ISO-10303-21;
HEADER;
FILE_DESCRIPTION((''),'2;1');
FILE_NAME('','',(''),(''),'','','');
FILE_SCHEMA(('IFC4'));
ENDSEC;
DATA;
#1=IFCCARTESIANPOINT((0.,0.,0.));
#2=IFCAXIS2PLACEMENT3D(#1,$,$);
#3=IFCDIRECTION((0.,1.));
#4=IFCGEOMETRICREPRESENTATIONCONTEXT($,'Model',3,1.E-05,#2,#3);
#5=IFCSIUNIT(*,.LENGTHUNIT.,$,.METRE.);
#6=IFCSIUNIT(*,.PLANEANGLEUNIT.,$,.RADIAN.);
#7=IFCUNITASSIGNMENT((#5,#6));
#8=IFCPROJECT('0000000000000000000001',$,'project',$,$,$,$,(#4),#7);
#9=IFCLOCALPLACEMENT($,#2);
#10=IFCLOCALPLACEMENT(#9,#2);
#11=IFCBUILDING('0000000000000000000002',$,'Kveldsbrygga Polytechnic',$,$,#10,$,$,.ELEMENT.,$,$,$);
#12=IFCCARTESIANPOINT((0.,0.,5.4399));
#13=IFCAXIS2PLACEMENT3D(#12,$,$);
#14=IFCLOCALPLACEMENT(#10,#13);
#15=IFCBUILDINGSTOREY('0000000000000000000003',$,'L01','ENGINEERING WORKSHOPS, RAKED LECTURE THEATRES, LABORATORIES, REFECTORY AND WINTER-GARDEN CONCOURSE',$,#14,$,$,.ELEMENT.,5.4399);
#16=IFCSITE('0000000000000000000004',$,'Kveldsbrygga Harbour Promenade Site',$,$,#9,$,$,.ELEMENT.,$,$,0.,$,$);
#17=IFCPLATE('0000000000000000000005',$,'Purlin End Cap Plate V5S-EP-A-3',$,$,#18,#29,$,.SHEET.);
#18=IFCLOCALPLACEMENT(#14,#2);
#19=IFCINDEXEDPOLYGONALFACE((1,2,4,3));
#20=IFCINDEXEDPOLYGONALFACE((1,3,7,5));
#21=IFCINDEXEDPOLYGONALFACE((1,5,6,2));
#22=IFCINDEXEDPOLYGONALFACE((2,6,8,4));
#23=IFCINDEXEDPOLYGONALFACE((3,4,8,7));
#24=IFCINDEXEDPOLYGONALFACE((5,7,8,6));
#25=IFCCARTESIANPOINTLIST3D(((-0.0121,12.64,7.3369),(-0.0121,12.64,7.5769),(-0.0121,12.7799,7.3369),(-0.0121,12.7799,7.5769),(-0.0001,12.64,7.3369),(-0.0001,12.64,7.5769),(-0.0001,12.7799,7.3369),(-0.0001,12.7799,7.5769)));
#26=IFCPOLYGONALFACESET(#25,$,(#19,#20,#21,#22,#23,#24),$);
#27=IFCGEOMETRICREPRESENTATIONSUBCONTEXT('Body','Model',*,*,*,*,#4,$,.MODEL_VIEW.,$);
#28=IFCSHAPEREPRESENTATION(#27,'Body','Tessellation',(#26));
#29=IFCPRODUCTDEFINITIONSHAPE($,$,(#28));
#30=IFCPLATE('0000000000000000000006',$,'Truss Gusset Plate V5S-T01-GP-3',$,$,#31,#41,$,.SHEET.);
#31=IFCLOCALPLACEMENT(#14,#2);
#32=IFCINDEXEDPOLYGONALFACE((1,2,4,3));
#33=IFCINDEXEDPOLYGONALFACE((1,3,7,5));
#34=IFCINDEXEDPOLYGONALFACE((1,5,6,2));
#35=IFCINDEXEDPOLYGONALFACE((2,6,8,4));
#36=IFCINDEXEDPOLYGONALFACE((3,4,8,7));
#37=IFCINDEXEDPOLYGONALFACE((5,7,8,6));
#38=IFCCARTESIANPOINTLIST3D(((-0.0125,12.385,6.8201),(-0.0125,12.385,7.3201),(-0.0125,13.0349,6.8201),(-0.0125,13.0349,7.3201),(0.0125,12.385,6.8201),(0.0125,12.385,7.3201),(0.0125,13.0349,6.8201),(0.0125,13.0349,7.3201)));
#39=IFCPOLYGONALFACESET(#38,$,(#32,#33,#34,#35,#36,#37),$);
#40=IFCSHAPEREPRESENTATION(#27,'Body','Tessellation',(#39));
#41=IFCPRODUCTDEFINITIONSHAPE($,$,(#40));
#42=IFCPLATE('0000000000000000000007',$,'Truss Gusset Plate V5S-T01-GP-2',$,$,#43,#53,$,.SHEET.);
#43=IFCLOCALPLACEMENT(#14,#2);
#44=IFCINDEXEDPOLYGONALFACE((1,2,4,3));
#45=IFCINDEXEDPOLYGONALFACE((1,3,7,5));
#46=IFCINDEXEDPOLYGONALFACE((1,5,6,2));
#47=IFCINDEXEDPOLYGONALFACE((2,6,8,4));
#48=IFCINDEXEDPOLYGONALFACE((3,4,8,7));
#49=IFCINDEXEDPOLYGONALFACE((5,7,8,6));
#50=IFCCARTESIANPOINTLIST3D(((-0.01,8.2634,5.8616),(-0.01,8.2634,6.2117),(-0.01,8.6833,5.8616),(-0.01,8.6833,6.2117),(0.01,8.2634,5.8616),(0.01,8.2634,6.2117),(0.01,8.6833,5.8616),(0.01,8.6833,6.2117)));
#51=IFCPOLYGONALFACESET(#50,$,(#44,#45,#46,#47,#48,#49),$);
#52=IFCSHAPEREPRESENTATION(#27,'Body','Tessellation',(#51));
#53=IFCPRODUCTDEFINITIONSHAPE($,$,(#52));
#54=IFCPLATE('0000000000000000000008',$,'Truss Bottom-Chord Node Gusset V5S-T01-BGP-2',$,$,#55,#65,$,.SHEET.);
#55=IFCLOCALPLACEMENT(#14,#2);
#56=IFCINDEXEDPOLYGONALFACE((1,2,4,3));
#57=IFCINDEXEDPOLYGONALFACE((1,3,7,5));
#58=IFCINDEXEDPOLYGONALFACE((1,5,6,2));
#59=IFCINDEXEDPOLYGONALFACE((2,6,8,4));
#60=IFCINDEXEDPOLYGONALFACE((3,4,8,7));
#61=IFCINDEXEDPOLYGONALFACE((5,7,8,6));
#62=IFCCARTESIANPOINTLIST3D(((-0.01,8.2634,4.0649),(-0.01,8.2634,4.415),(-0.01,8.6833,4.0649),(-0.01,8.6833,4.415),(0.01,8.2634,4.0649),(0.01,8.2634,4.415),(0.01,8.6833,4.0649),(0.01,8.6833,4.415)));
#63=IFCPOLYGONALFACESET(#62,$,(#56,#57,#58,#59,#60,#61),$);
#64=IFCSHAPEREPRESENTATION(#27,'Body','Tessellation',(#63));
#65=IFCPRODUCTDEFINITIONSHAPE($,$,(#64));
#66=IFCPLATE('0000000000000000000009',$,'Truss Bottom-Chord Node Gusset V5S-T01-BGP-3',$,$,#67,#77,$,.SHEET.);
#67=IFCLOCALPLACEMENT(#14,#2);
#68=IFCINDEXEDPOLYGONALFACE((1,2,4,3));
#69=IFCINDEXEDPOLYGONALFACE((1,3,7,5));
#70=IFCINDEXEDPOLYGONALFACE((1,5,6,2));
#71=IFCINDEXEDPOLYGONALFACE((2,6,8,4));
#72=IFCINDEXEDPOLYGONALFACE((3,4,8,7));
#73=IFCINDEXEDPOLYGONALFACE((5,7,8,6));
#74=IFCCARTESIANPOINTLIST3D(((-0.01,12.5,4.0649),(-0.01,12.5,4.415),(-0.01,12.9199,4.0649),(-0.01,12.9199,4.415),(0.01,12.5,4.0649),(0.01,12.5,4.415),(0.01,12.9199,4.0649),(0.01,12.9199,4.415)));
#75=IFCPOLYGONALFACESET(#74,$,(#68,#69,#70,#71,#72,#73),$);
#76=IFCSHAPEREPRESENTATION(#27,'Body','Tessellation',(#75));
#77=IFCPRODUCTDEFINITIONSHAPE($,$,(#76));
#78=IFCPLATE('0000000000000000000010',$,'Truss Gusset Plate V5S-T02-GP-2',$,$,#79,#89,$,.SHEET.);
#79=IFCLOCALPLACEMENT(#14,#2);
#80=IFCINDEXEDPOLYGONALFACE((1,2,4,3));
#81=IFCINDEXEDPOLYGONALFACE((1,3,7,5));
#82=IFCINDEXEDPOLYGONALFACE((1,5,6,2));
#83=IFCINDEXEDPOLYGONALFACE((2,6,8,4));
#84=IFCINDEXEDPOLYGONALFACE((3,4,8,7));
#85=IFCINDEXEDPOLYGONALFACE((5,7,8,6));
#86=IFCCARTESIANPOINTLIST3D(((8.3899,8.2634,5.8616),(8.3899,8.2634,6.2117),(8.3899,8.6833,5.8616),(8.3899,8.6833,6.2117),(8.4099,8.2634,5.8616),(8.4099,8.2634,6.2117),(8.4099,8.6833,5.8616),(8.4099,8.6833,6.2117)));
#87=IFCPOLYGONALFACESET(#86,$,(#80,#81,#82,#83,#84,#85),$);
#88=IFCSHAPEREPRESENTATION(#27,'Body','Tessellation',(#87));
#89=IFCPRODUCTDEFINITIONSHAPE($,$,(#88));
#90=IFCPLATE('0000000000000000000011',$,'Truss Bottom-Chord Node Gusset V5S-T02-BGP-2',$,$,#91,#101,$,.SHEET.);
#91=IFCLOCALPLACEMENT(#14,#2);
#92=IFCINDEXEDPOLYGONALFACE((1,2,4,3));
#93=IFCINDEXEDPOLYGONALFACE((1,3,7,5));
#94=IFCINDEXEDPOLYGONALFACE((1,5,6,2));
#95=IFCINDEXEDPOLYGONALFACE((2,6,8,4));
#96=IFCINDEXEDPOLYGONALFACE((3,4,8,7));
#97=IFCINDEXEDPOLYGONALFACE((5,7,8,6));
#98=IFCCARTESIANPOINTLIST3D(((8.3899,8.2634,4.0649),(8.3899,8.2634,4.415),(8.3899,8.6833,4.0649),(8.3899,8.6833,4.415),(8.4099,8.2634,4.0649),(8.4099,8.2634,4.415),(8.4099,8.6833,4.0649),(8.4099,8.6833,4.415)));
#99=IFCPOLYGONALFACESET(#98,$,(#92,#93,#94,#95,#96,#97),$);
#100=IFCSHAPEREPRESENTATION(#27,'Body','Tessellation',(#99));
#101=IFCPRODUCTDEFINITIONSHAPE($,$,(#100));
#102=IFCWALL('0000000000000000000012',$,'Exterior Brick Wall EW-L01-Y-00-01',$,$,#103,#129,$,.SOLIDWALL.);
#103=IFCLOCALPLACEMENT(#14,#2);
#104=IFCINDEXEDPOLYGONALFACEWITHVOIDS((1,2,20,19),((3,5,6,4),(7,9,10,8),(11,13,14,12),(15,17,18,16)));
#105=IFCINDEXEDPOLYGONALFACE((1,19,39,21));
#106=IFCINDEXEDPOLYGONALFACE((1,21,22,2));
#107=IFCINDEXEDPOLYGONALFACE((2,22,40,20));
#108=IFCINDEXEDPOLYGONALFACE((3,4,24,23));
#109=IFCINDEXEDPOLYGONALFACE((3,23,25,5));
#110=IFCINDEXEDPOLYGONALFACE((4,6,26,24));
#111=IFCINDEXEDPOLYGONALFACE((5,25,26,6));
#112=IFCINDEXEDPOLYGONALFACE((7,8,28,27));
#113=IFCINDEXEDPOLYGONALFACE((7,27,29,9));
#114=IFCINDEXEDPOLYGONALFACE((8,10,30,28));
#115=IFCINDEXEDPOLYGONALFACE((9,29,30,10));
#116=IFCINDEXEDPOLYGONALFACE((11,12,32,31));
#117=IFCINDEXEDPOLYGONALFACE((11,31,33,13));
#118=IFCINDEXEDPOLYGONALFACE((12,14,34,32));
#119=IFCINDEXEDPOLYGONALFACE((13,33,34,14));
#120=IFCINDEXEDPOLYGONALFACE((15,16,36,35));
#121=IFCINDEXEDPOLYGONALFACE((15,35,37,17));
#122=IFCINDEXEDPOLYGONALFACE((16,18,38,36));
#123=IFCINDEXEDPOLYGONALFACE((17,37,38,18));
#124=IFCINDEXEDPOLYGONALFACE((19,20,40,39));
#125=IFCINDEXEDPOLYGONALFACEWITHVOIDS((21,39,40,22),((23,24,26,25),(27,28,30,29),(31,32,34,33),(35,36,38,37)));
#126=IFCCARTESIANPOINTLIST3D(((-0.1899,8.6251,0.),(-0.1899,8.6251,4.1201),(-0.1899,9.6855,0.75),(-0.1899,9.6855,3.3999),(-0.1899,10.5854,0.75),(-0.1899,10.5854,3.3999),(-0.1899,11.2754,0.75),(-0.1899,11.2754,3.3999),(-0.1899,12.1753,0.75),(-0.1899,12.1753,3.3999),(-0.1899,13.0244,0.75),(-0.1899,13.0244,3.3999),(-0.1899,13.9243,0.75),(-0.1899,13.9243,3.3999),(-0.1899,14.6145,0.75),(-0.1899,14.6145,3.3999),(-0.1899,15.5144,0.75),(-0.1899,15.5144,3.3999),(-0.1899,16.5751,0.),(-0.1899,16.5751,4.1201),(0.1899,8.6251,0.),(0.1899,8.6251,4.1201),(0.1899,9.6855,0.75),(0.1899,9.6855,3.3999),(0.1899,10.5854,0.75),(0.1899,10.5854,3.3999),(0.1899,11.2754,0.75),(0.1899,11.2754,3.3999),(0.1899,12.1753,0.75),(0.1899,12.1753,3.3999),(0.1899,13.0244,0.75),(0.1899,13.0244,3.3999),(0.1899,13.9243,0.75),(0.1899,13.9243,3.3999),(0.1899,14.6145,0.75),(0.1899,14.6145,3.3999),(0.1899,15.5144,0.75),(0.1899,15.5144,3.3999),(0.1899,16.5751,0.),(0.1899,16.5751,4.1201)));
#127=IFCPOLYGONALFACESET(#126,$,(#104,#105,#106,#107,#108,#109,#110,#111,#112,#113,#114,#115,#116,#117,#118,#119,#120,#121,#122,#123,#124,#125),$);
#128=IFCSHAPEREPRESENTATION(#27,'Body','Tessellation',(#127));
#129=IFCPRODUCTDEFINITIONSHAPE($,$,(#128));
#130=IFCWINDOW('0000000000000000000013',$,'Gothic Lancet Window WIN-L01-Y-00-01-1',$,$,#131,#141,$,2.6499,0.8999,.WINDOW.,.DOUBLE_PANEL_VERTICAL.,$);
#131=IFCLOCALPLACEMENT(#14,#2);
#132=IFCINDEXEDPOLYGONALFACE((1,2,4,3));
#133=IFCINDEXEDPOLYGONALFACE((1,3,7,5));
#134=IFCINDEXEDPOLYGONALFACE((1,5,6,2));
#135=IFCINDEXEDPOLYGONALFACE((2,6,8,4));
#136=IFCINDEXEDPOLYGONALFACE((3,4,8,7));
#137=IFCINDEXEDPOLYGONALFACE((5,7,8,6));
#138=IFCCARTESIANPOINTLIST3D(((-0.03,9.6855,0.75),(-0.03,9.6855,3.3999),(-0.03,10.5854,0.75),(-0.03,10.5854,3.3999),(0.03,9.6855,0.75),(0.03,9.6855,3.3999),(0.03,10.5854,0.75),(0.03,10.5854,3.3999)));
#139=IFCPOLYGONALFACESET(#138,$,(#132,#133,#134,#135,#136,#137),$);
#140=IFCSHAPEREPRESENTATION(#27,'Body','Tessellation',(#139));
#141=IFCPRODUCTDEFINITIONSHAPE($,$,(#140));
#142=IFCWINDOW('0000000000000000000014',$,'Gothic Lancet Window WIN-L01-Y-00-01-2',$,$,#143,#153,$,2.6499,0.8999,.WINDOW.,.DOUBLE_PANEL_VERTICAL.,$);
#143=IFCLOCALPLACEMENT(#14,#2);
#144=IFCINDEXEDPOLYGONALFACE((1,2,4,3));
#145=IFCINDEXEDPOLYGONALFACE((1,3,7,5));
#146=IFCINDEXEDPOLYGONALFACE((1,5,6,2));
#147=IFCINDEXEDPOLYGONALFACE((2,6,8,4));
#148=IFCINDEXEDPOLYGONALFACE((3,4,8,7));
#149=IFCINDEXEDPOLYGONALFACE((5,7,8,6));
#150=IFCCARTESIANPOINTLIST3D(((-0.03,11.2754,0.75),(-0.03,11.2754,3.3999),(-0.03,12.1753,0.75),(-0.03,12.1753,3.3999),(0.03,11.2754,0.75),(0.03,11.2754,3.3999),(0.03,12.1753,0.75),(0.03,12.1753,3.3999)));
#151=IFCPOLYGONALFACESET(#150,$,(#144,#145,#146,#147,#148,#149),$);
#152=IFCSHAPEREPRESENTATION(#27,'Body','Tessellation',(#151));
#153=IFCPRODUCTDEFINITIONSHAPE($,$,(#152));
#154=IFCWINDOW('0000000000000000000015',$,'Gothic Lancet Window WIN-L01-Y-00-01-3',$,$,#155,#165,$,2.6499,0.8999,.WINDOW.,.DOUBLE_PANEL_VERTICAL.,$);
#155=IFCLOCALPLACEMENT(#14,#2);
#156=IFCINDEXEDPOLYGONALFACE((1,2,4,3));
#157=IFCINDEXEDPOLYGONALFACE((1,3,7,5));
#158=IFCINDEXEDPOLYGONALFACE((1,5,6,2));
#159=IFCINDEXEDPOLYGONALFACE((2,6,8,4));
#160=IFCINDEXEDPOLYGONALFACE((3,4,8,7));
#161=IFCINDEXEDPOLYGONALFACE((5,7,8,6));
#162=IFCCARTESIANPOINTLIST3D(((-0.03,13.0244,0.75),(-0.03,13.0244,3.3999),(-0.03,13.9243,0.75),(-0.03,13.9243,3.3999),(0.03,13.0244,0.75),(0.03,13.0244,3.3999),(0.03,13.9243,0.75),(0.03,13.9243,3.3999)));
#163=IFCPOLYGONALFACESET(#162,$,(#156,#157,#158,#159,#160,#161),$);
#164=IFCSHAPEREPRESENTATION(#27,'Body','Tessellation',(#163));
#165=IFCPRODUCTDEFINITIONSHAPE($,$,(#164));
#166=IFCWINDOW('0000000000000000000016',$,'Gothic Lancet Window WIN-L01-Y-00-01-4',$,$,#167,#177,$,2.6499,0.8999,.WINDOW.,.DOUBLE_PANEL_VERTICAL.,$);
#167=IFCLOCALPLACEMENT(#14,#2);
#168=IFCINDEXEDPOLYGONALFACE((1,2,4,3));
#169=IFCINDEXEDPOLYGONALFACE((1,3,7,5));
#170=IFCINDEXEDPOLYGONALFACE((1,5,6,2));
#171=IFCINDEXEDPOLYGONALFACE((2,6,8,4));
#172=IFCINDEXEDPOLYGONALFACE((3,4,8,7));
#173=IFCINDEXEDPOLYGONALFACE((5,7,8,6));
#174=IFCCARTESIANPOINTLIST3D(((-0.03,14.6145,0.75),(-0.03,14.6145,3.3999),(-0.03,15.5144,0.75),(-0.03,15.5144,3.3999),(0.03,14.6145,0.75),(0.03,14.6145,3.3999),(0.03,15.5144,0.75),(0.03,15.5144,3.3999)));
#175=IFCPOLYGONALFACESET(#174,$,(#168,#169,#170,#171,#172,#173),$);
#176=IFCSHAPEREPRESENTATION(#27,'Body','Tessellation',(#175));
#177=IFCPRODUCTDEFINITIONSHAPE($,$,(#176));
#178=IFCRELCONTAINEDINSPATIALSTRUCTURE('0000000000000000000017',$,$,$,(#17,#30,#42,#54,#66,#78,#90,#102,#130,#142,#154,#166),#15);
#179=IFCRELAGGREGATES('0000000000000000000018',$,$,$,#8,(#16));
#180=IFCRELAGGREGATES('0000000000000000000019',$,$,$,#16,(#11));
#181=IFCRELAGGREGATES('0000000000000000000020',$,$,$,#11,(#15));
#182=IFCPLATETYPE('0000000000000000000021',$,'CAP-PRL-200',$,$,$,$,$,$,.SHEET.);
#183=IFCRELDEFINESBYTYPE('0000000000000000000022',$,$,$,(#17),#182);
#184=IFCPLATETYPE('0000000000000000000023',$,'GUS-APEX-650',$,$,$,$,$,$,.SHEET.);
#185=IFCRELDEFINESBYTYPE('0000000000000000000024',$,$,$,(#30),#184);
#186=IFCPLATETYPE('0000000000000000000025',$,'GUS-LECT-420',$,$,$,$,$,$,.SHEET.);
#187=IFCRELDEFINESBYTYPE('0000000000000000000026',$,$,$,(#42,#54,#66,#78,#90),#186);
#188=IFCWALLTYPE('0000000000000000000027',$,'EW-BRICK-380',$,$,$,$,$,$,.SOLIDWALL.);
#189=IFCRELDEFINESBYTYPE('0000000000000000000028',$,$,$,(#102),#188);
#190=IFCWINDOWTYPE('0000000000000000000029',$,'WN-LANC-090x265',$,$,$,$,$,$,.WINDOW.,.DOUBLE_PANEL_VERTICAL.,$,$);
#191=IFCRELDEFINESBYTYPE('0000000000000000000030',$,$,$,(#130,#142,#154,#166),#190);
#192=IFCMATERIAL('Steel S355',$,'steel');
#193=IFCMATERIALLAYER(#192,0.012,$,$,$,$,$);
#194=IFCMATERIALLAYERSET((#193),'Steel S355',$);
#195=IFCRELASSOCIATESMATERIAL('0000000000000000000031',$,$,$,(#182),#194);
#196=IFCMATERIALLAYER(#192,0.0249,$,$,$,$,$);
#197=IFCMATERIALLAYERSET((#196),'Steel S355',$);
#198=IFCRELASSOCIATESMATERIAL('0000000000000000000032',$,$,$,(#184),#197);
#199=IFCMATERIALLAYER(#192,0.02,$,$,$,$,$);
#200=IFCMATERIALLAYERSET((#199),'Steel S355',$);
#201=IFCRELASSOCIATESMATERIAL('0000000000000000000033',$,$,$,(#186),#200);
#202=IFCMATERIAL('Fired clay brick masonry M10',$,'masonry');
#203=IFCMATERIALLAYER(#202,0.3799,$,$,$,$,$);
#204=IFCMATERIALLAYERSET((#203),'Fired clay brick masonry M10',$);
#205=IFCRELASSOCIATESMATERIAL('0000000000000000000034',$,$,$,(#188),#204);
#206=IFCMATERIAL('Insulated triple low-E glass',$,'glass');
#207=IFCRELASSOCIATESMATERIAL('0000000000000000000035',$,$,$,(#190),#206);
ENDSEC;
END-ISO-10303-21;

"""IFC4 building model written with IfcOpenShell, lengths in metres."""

from ifc_helpers import new_model, si_unit, direction, frame, frame_2d, origin, origin_2d, place, context, subcontext, project, spatial, rectangle, extrude, material, layer, layer_set, type_object, element, fill, save


model = new_model("IFC4")

# Units and contexts
model_context = context("Model", 3, precision=1e-05, world=origin(), true_north=direction((0.0, 1.0)))
body_context = subcontext(model_context, "Body", "Model", "MODEL_VIEW")
ifc_project = project(units=[si_unit("LENGTHUNIT", "METRE"), si_unit("PLANEANGLEUNIT", "RADIAN")], contexts=[model_context])

# Site, building, storey
site_placement = place(None, origin())
site = spatial("IfcSite", under=ifc_project, at=site_placement, Name="Kveldsbrygga Harbour Promenade Site", CompositionType="ELEMENT", RefElevation=0.0)
building_placement = place(site_placement, origin())
building = spatial("IfcBuilding", under=site, at=building_placement, Name="Kveldsbrygga Polytechnic", CompositionType="ELEMENT")
storey_placement = place(building_placement, frame((0.0, 0.0, 5.4399)))
storey = spatial("IfcBuildingStorey", under=building, at=storey_placement, Name="L01", Description="ENGINEERING WORKSHOPS, RAKED LECTURE THEATRES, LABORATORIES, REFECTORY AND WINTER-GARDEN CONCOURSE", CompositionType="ELEMENT", Elevation=5.4399)

# Shared definitions
ifc_material_1 = material(Name="Steel S355", Category="steel")

# Plates
ifc_layer_1 = layer(ifc_material_1, 0.012)
ifc_layer_set_1 = layer_set([ifc_layer_1], Name="Steel S355")
plate_type_1 = type_object("IfcPlateType", Name="CAP-PRL-200", PredefinedType="SHEET", material=ifc_layer_set_1)
plate_1_placement = place(storey_placement, frame((-0.0061, 12.71, 7.3369), z_axis=(0.0, 0.0, 1.0), x_axis=(1.0, 0.0, 0.0)))
element("IfcPlate", 1, at=plate_1_placement, inside=storey, type_object=plate_type_1, Name="Purlin End Cap Plate V5S-EP-A-3", PredefinedType="SHEET", context=body_context, shape_type="SweptSolid", body=[
    extrude(rectangle(XDim=0.012, YDim=0.1399, at=origin_2d()), origin(), (0.0, 0.0, 1.0), 0.24),
])
ifc_layer_2 = layer(ifc_material_1, 0.0249)
ifc_layer_set_2 = layer_set([ifc_layer_2], Name="Steel S355")
plate_type_2 = type_object("IfcPlateType", Name="GUS-APEX-650", PredefinedType="SHEET", material=ifc_layer_set_2)
plate_2_placement = place(storey_placement, frame((0.0, 12.71, 6.8201), z_axis=(0.0, 0.0, 1.0), x_axis=(1.0, 0.0, 0.0)))
element("IfcPlate", 2, at=plate_2_placement, inside=storey, type_object=plate_type_2, Name="Truss Gusset Plate V5S-T01-GP-3", PredefinedType="SHEET", context=body_context, shape_type="SweptSolid", body=[
    extrude(rectangle(XDim=0.0249, YDim=0.6499, at=origin_2d()), origin(), (0.0, 0.0, 1.0), 0.5),
])
ifc_layer_3 = layer(ifc_material_1, 0.02)
ifc_layer_set_3 = layer_set([ifc_layer_3], Name="Steel S355")
plate_type_3 = type_object("IfcPlateType", Name="GUS-LECT-420", PredefinedType="SHEET", material=ifc_layer_set_3)
for number, where, z_axis, x_axis, name in (
    (3, (0.0, 8.4734, 5.8616), (0.0, 0.0, 1.0), (1.0, 0.0, 0.0), "Truss Gusset Plate V5S-T01-GP-2"),
    (4, (0.0, 8.4734, 4.0649), (0.0, 0.0, 1.0), (1.0, 0.0, 0.0), "Truss Bottom-Chord Node Gusset V5S-T01-BGP-2"),
    (5, (0.0, 12.71, 4.0649), (0.0, 0.0, 1.0), (1.0, 0.0, 0.0), "Truss Bottom-Chord Node Gusset V5S-T01-BGP-3"),
    (6, (8.3999, 8.4734, 5.8616), (0.0, 0.0, 1.0), (1.0, 0.0, 0.0), "Truss Gusset Plate V5S-T02-GP-2"),
    (7, (8.3999, 8.4734, 4.0649), (0.0, 0.0, 1.0), (1.0, 0.0, 0.0), "Truss Bottom-Chord Node Gusset V5S-T02-BGP-2"),
):
    element("IfcPlate", number, at=place(storey_placement, frame(where, z_axis=z_axis, x_axis=x_axis)), inside=storey, type_object=plate_type_3, Name=name, PredefinedType="SHEET", context=body_context, shape_type="SweptSolid", body=[
        extrude(rectangle(XDim=0.02, YDim=0.4199, at=origin_2d()), origin(), (0.0, 0.0, 1.0), 0.3501),
    ])

# Wall, openings, windows
ifc_material_2 = material(Name="Fired clay brick masonry M10", Category="masonry")
ifc_layer_4 = layer(ifc_material_2, 0.3799)
ifc_layer_set_4 = layer_set([ifc_layer_4], Name="Fired clay brick masonry M10")
wall_type_1 = type_object("IfcWallType", Name="EW-BRICK-380", PredefinedType="SOLIDWALL", material=ifc_layer_set_4)
wall_1_placement = place(storey_placement, frame((0.0, 8.625, 0.0), z_axis=(0.0, 0.0, 1.0), x_axis=(0.0, 1.0, 0.0)))
wall_1 = element("IfcWall", 8, at=wall_1_placement, inside=storey, type_object=wall_type_1, Name="Exterior Brick Wall EW-L01-Y-00-01", PredefinedType="SOLIDWALL", context=body_context, shape_type="SweptSolid", body=[
    extrude(rectangle(XDim=7.95, YDim=0.3799, at=frame_2d((3.9751, 0.0))), origin(), (0.0, 0.0, 1.0), 4.1201),
])
opening_1_placement = place(wall_1_placement, frame((1.0605, 0.0, 0.75)))
opening_1 = element("IfcOpeningElement", 9, at=opening_1_placement, cuts=wall_1, PredefinedType="OPENING", context=body_context, shape_type="SweptSolid", body=[
    extrude(rectangle(XDim=0.8999, YDim=2.6499, at=frame_2d((0.45, 1.325))), frame((0.0, 0.2, 0.0), z_axis=(0.0, -1.0, 0.0), x_axis=(1.0, 0.0, 0.0)), (0.0, 0.0, 1.0), 0.3999),
])
opening_2_placement = place(wall_1_placement, frame((2.6504, 0.0, 0.75)))
opening_2 = element("IfcOpeningElement", 10, at=opening_2_placement, cuts=wall_1, PredefinedType="OPENING", context=body_context, shape_type="SweptSolid", body=[
    extrude(rectangle(XDim=0.8999, YDim=2.6499, at=frame_2d((0.45, 1.325))), frame((0.0, 0.2, 0.0), z_axis=(0.0, -1.0, 0.0), x_axis=(1.0, 0.0, 0.0)), (0.0, 0.0, 1.0), 0.3999),
])
opening_3_placement = place(wall_1_placement, frame((4.3994, 0.0, 0.75)))
opening_3 = element("IfcOpeningElement", 11, at=opening_3_placement, cuts=wall_1, PredefinedType="OPENING", context=body_context, shape_type="SweptSolid", body=[
    extrude(rectangle(XDim=0.8999, YDim=2.6499, at=frame_2d((0.45, 1.325))), frame((0.0, 0.2, 0.0), z_axis=(0.0, -1.0, 0.0), x_axis=(1.0, 0.0, 0.0)), (0.0, 0.0, 1.0), 0.3999),
])
opening_4_placement = place(wall_1_placement, frame((5.9895, 0.0, 0.75)))
opening_4 = element("IfcOpeningElement", 12, at=opening_4_placement, cuts=wall_1, PredefinedType="OPENING", context=body_context, shape_type="SweptSolid", body=[
    extrude(rectangle(XDim=0.8999, YDim=2.6499, at=frame_2d((0.45, 1.325))), frame((0.0, 0.2, 0.0), z_axis=(0.0, -1.0, 0.0), x_axis=(1.0, 0.0, 0.0)), (0.0, 0.0, 1.0), 0.3999),
])
ifc_material_3 = material(Name="Insulated triple low-E glass", Category="glass")
window_type = type_object("IfcWindowType", Name="WN-LANC-090x265", PartitioningType="DOUBLE_PANEL_VERTICAL", PredefinedType="WINDOW", material=ifc_material_3)
window_1_placement = place(opening_1_placement, origin())
window_1 = element("IfcWindow", 13, at=window_1_placement, inside=storey, type_object=window_type, Name="Gothic Lancet Window WIN-L01-Y-00-01-1", OverallHeight=2.6499, OverallWidth=0.8999, PartitioningType="DOUBLE_PANEL_VERTICAL", PredefinedType="WINDOW", context=body_context, shape_type="SweptSolid", body=[
    extrude(rectangle(XDim=0.8999, YDim=2.6499, at=frame_2d((0.45, 1.325))), frame((0.0, 0.03, 0.0), z_axis=(0.0, -1.0, 0.0), x_axis=(1.0, 0.0, 0.0)), (0.0, 0.0, 1.0), 0.0601),
])
fill(opening_1, window_1)
window_2_placement = place(opening_2_placement, origin())
window_2 = element("IfcWindow", 14, at=window_2_placement, inside=storey, type_object=window_type, Name="Gothic Lancet Window WIN-L01-Y-00-01-2", OverallHeight=2.6499, OverallWidth=0.8999, PartitioningType="DOUBLE_PANEL_VERTICAL", PredefinedType="WINDOW", context=body_context, shape_type="SweptSolid", body=[
    extrude(rectangle(XDim=0.8999, YDim=2.6499, at=frame_2d((0.45, 1.325))), frame((0.0, 0.03, 0.0), z_axis=(0.0, -1.0, 0.0), x_axis=(1.0, 0.0, 0.0)), (0.0, 0.0, 1.0), 0.0601),
])
fill(opening_2, window_2)
window_3_placement = place(opening_3_placement, origin())
window_3 = element("IfcWindow", 15, at=window_3_placement, inside=storey, type_object=window_type, Name="Gothic Lancet Window WIN-L01-Y-00-01-3", OverallHeight=2.6499, OverallWidth=0.8999, PartitioningType="DOUBLE_PANEL_VERTICAL", PredefinedType="WINDOW", context=body_context, shape_type="SweptSolid", body=[
    extrude(rectangle(XDim=0.8999, YDim=2.6499, at=frame_2d((0.45, 1.325))), frame((0.0, 0.03, 0.0), z_axis=(0.0, -1.0, 0.0), x_axis=(1.0, 0.0, 0.0)), (0.0, 0.0, 1.0), 0.0601),
])
fill(opening_3, window_3)
window_4_placement = place(opening_4_placement, origin())
window_4 = element("IfcWindow", 16, at=window_4_placement, inside=storey, type_object=window_type, Name="Gothic Lancet Window WIN-L01-Y-00-01-4", OverallHeight=2.6499, OverallWidth=0.8999, PartitioningType="DOUBLE_PANEL_VERTICAL", PredefinedType="WINDOW", context=body_context, shape_type="SweptSolid", body=[
    extrude(rectangle(XDim=0.8999, YDim=2.6499, at=frame_2d((0.45, 1.325))), frame((0.0, 0.03, 0.0), z_axis=(0.0, -1.0, 0.0), x_axis=(1.0, 0.0, 0.0)), (0.0, 0.0, 1.0), 0.0601),
])
fill(opening_4, window_4)

save(model, "model.ifc")
